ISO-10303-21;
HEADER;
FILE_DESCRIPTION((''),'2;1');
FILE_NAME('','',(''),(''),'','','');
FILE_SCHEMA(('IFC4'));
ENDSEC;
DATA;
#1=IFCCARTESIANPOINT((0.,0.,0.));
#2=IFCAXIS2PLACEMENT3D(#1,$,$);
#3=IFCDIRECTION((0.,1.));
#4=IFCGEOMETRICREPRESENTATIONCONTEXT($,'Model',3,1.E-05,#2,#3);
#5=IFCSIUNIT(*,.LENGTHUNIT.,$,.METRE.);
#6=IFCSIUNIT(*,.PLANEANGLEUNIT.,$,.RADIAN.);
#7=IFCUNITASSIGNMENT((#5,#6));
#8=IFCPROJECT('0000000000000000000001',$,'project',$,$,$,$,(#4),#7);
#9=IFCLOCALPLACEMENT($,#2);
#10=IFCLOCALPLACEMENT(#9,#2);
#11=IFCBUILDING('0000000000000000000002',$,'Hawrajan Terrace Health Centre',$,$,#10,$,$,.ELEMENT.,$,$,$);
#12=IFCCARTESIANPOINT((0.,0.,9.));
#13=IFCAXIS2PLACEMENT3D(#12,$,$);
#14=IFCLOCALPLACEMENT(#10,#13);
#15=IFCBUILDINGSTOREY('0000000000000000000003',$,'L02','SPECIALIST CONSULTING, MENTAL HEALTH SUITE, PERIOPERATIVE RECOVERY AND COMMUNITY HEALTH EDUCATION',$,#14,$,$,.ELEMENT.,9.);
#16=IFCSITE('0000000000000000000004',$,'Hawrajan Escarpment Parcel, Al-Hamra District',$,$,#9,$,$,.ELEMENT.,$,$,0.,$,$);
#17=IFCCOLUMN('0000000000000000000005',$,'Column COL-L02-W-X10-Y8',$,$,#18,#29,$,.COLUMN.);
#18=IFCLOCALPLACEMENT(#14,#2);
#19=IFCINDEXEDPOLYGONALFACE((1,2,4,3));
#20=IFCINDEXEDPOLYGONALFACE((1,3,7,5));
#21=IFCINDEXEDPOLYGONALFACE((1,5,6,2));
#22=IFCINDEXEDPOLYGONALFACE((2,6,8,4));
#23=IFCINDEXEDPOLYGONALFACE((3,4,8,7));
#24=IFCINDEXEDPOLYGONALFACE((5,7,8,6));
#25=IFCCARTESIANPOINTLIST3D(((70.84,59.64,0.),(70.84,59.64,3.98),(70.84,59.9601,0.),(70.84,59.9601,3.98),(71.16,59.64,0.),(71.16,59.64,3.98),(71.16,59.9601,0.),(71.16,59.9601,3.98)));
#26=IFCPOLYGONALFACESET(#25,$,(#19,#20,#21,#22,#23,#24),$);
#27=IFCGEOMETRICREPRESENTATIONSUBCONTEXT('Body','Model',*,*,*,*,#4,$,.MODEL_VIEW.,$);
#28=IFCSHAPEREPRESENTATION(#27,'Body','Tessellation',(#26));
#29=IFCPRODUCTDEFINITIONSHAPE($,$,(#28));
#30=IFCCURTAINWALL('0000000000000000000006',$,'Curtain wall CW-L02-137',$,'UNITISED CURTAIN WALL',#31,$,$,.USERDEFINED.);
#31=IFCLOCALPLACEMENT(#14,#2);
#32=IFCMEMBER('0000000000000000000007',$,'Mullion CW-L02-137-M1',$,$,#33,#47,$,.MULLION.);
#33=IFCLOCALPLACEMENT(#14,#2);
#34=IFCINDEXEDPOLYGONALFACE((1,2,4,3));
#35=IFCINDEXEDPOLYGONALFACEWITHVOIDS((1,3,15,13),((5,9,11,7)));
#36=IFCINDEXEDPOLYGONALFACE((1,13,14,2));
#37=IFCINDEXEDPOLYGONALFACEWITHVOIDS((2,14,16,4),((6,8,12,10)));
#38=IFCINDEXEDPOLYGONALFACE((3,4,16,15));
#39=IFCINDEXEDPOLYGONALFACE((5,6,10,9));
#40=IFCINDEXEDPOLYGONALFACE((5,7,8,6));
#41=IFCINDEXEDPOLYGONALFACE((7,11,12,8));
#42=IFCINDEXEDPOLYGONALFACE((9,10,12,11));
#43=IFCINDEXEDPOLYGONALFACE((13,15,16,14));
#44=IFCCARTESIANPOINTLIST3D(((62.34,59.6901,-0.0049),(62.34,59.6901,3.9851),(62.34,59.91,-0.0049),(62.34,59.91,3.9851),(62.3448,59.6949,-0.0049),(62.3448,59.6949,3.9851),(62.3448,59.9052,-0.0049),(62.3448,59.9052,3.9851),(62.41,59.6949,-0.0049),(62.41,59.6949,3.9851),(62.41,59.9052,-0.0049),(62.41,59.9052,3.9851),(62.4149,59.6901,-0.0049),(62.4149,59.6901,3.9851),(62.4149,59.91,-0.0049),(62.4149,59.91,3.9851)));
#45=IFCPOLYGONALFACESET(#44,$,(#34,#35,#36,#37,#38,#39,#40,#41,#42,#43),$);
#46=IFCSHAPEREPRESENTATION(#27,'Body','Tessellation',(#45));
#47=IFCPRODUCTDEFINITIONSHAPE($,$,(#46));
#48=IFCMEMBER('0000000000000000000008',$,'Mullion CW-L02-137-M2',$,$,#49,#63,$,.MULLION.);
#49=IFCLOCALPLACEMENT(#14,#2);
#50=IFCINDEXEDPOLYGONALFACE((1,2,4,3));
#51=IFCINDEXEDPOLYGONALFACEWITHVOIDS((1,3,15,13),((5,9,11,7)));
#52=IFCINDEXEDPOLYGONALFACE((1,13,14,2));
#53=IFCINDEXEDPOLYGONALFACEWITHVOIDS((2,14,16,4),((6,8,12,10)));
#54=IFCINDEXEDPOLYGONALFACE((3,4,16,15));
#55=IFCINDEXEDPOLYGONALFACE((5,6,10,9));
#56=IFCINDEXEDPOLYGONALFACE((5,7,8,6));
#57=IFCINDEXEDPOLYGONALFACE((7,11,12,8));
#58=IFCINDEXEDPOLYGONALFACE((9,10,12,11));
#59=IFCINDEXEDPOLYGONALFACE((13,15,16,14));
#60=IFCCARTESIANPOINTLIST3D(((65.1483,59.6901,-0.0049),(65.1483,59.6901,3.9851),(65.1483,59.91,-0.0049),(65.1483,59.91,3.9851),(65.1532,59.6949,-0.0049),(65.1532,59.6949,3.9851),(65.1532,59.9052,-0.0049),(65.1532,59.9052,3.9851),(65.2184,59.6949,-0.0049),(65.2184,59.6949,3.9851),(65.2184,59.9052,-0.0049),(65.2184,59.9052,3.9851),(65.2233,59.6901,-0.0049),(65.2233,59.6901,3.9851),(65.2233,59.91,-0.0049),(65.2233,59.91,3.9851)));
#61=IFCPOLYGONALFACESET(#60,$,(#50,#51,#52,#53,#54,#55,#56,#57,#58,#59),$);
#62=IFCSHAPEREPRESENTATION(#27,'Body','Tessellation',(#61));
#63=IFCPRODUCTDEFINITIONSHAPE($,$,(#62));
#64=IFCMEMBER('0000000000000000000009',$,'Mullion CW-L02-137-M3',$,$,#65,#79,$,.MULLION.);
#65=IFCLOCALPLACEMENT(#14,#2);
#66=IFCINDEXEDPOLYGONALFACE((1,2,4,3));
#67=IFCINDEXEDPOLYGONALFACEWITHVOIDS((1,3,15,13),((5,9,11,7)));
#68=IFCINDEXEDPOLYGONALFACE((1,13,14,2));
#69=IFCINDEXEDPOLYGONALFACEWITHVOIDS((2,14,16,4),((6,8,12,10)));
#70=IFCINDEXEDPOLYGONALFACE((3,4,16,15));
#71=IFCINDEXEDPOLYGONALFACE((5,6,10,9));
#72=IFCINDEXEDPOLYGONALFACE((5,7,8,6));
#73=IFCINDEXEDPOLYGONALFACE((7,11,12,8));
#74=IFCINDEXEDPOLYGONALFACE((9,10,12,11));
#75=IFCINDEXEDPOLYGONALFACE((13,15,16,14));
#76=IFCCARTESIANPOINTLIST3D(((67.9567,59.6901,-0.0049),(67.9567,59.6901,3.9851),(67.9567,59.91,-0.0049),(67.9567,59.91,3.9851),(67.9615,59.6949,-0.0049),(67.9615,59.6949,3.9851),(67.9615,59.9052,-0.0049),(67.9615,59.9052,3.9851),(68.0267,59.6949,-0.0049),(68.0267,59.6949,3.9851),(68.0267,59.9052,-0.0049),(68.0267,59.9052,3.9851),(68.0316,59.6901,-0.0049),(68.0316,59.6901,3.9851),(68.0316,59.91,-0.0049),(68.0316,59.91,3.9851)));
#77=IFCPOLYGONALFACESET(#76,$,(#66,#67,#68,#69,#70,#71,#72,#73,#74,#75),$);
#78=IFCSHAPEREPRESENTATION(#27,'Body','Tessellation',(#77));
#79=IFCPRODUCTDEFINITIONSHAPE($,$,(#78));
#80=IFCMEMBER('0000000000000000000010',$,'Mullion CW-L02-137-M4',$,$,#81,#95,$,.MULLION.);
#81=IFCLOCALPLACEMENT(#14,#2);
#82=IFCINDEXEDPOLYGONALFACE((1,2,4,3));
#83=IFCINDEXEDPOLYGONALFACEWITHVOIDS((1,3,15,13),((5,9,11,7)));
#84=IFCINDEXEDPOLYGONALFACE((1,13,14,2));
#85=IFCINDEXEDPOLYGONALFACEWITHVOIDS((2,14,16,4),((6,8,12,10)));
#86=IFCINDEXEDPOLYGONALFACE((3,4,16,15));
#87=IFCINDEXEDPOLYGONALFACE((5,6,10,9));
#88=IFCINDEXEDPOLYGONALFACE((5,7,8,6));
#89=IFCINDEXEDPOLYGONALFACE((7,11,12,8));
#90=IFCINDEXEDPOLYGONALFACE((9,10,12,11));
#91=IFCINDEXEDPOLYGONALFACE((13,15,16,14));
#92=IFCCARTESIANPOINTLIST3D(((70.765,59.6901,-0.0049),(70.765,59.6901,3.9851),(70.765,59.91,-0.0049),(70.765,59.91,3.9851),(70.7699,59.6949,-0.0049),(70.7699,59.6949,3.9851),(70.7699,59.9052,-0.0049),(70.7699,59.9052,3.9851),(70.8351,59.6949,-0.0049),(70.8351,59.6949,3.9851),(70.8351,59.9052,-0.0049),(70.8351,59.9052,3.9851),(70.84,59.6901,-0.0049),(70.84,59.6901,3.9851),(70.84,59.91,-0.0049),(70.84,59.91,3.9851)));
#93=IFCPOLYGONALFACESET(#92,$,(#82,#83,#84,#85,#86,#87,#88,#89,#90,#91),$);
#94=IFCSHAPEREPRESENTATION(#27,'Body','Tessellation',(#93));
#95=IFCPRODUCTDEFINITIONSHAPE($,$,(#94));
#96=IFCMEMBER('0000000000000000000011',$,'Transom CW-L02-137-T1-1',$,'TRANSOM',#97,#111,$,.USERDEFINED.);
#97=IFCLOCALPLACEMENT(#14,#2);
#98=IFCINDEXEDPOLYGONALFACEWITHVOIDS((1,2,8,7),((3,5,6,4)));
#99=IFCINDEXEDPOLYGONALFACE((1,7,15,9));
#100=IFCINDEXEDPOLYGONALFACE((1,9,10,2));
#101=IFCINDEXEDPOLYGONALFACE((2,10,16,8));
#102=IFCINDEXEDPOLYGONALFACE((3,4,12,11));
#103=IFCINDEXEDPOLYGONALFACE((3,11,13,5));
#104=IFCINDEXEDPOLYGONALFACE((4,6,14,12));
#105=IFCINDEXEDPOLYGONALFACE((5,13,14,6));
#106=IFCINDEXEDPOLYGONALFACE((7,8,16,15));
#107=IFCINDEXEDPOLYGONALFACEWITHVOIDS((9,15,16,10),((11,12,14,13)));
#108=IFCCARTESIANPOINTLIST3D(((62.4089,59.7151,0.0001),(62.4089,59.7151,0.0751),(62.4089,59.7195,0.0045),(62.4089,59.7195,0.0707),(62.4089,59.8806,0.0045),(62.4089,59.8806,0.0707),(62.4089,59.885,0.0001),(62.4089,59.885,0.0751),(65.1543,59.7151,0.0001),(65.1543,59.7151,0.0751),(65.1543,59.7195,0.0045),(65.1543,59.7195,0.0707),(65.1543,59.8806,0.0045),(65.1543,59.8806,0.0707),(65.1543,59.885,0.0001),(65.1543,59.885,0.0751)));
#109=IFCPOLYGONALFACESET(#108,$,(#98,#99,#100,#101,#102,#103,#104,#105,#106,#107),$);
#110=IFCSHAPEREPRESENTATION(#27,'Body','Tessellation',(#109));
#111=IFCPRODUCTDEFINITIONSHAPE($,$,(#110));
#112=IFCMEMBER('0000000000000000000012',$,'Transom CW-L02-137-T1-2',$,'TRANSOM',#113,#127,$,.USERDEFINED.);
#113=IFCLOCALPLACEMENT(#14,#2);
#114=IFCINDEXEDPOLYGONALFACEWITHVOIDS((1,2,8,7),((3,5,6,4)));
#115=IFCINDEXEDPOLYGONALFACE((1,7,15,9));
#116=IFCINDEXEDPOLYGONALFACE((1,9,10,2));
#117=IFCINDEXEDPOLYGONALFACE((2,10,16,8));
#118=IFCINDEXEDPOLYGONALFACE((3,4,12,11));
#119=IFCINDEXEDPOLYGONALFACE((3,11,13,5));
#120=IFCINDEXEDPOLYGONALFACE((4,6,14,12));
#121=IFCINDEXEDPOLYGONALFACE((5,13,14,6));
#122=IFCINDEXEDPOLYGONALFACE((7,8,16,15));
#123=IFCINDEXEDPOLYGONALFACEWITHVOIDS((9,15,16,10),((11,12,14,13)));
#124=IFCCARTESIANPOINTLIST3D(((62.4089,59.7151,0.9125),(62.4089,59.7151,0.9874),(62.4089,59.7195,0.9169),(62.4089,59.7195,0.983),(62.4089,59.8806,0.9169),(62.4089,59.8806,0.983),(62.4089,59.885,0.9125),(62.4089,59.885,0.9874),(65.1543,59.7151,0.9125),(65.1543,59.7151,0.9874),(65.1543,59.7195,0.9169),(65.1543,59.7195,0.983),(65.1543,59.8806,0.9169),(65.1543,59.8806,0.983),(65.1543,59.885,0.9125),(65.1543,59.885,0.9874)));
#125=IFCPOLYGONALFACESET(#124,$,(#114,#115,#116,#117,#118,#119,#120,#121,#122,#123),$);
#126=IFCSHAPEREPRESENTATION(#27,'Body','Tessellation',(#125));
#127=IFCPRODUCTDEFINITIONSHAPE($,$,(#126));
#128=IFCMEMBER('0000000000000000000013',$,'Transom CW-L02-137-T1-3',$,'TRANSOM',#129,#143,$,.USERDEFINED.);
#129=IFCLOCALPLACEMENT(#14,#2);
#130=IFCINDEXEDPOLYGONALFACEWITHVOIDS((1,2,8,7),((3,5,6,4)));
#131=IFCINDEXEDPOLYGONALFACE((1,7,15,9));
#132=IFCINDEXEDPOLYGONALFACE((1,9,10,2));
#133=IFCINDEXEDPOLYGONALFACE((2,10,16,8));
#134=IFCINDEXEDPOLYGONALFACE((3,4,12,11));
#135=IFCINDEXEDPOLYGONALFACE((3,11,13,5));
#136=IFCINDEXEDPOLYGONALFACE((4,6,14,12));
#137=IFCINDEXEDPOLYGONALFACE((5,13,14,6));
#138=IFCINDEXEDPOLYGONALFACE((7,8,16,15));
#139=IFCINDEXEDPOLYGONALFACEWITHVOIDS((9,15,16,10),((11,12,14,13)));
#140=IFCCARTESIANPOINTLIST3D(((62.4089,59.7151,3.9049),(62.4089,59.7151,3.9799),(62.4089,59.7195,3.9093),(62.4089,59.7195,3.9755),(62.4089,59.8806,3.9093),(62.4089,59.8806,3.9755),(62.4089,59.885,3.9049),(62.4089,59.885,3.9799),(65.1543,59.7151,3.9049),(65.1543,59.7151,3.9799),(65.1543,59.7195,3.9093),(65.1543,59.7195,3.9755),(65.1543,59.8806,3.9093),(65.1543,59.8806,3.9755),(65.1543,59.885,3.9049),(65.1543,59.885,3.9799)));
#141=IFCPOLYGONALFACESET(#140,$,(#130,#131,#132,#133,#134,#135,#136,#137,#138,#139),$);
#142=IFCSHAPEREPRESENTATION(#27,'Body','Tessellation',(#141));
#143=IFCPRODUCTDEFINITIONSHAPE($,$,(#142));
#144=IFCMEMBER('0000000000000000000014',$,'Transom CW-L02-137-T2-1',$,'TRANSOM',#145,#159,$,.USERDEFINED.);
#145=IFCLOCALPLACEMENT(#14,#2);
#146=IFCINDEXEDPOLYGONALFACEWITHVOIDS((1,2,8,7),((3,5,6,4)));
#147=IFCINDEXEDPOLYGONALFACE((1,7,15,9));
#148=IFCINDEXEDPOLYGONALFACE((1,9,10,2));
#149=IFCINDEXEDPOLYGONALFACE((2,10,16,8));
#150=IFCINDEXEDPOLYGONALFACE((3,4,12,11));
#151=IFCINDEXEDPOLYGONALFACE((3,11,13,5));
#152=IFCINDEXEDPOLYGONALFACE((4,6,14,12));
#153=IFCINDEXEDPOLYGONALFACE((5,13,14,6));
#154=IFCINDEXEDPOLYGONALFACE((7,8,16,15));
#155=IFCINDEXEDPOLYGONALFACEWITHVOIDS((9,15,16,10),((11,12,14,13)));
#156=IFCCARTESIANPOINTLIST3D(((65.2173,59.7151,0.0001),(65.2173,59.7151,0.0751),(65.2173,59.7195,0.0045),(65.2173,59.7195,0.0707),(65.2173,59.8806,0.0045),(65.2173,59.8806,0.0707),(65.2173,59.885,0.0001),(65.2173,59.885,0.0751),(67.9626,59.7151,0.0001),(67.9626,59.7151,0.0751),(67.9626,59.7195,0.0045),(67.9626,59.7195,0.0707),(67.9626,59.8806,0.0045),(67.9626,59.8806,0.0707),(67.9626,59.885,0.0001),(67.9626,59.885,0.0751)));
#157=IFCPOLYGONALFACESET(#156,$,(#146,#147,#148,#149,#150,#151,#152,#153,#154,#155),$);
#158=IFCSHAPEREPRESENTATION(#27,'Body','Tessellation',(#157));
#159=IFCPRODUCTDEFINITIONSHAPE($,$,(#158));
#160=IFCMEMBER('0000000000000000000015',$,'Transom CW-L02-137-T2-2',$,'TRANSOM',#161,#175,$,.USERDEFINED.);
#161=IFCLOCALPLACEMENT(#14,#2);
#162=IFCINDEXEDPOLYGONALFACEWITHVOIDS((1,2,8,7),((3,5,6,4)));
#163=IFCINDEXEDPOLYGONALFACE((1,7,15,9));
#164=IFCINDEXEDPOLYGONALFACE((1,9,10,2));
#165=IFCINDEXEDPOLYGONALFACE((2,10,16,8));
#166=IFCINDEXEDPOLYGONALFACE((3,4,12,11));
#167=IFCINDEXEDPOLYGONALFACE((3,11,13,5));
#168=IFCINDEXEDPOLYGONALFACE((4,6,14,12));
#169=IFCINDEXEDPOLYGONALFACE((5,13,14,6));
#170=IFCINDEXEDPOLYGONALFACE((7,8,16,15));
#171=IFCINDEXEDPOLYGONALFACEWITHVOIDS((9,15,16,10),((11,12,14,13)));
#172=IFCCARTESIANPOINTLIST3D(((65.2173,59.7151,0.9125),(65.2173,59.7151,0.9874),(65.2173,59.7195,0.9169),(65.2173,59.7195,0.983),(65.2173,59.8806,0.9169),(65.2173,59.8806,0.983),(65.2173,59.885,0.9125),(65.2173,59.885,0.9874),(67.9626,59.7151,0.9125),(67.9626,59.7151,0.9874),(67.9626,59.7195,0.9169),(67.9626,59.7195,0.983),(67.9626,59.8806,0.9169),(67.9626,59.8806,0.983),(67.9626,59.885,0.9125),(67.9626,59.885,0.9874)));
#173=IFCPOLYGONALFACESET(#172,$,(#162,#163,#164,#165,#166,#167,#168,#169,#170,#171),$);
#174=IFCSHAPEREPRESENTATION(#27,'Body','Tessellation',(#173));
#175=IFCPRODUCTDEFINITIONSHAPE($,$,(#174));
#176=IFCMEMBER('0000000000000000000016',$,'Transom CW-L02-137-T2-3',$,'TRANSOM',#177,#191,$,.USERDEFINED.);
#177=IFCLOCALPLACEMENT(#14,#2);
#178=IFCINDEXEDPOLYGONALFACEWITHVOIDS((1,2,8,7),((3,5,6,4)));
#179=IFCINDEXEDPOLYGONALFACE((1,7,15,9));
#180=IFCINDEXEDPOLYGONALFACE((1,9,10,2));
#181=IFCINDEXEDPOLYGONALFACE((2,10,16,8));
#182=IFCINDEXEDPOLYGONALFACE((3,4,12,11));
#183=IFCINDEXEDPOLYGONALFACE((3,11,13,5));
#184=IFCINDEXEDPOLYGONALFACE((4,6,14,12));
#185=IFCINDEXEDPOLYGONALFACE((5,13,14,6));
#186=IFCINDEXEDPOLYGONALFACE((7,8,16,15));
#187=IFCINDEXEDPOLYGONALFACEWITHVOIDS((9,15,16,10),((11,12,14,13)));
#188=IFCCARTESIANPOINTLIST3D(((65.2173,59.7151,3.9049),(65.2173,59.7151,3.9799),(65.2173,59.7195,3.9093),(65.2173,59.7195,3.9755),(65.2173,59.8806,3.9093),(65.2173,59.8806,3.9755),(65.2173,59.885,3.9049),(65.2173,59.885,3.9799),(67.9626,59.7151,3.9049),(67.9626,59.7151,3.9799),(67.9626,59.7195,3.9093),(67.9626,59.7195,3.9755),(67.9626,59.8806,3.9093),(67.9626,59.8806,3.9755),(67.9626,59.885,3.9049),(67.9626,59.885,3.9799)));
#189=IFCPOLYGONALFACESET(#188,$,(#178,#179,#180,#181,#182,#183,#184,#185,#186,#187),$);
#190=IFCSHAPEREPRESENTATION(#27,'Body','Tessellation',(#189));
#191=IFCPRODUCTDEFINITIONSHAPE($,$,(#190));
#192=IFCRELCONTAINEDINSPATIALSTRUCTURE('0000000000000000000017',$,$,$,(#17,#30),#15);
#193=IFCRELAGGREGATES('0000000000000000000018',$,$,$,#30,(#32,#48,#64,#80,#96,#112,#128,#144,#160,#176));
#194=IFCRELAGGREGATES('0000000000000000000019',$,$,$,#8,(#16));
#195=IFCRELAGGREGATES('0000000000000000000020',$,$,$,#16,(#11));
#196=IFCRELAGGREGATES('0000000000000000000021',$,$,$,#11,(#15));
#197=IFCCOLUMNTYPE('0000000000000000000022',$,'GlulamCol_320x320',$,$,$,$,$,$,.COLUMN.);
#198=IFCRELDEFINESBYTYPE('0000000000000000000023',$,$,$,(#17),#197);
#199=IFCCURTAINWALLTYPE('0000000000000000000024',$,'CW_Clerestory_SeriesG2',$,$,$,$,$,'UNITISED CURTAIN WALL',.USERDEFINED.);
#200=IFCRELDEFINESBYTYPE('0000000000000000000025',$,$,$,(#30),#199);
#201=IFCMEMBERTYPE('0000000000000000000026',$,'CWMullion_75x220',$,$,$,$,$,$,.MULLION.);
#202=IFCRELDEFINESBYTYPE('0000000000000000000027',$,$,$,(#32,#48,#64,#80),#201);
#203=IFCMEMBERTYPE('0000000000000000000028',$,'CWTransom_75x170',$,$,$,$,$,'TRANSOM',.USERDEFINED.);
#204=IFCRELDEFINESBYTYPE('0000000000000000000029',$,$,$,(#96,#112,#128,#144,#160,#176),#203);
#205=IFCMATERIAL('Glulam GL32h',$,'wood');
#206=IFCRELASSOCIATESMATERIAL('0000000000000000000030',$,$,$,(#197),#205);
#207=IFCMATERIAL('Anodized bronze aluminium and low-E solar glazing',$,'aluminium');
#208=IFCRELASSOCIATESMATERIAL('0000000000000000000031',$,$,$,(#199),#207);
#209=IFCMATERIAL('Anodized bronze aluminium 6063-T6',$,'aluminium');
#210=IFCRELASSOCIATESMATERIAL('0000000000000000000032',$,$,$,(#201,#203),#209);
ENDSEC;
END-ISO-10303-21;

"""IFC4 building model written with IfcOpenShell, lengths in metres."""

from ifc_helpers import new_model, si_unit, direction, frame, origin, origin_2d, place, context, subcontext, project, spatial, rectangle, hollow_rectangle, extrude, material, material_profile, profile_set, type_object, element, aggregate, save


model = new_model("IFC4")

# Units and contexts
model_context = context("Model", 3, precision=1e-05, world=origin(), true_north=direction((0.0, 1.0)))
body_context = subcontext(model_context, "Body", "Model", "MODEL_VIEW")
ifc_project = project(units=[si_unit("LENGTHUNIT", "METRE"), si_unit("PLANEANGLEUNIT", "RADIAN")], contexts=[model_context])

# Site, building, storey
site_placement = place(None, origin())
site = spatial("IfcSite", under=ifc_project, at=site_placement, Name="Hawrajan Escarpment Parcel, Al-Hamra District", CompositionType="ELEMENT", RefElevation=0.0)
building_placement = place(site_placement, origin())
building = spatial("IfcBuilding", under=site, at=building_placement, Name="Hawrajan Terrace Health Centre", CompositionType="ELEMENT")
storey_placement = place(building_placement, frame((0.0, 0.0, 9.0)))
storey = spatial("IfcBuildingStorey", under=building, at=storey_placement, Name="L02", Description="SPECIALIST CONSULTING, MENTAL HEALTH SUITE, PERIOPERATIVE RECOVERY AND COMMUNITY HEALTH EDUCATION", CompositionType="ELEMENT", Elevation=9.0)

# Column
ifc_material_1 = material(Name="Glulam GL32h", Category="wood")
ifc_material_profile_1 = material_profile(ifc_material_1, rectangle(XDim=0.3201, YDim=0.3201, at=origin_2d()), Name="GL 320x320")
ifc_profile_set_1 = profile_set([ifc_material_profile_1], Name="Glulam GL32h")
column_type = type_object("IfcColumnType", Name="GlulamCol_320x320", PredefinedType="COLUMN", material=ifc_profile_set_1)
column_placement = place(storey_placement, frame((71.0, 59.8, 0.0), z_axis=(0.0, 0.0, 1.0), x_axis=(1.0, 0.0, 0.0)))
element("IfcColumn", 1, at=column_placement, inside=storey, type_object=column_type, Name="Column COL-L02-W-X10-Y8", PredefinedType="COLUMN", context=body_context, shape_type="SweptSolid", body=[
    extrude(rectangle(XDim=0.3201, YDim=0.3201, at=origin_2d()), origin(), (0.0, 0.0, 1.0), 3.98),
])

# Curtain wall, members
ifc_material_2 = material(Name="Anodized bronze aluminium and low-E solar glazing", Category="aluminium")
curtain_wall_type = type_object("IfcCurtainWallType", Name="CW_Clerestory_SeriesG2", ElementType="UNITISED CURTAIN WALL", PredefinedType="USERDEFINED", material=ifc_material_2)
curtain_wall_placement = place(storey_placement, origin())
curtain_wall = element("IfcCurtainWall", 2, at=curtain_wall_placement, inside=storey, type_object=curtain_wall_type, Name="Curtain wall CW-L02-137", ObjectType="UNITISED CURTAIN WALL", PredefinedType="USERDEFINED")
ifc_material_3 = material(Name="Anodized bronze aluminium 6063-T6", Category="aluminium")
ifc_material_profile_2 = material_profile(ifc_material_3, hollow_rectangle(XDim=0.075, YDim=0.22, WallThickness=0.0049, at=origin_2d()), Name="CW MUL 75x220")
ifc_profile_set_2 = profile_set([ifc_material_profile_2], Name="Anodized bronze aluminium 6063-T6")
member_type_1 = type_object("IfcMemberType", Name="CWMullion_75x220", PredefinedType="MULLION", material=ifc_profile_set_2)
member_1_placement = place(storey_placement, frame((62.3774, 59.8, -0.0049), z_axis=(0.0, 0.0, 1.0), x_axis=(1.0, 0.0, 0.0)))
member_1 = element("IfcMember", 3, at=member_1_placement, type_object=member_type_1, Name="Mullion CW-L02-137-M1", PredefinedType="MULLION", context=body_context, shape_type="SweptSolid", body=[
    extrude(hollow_rectangle(XDim=0.075, YDim=0.22, WallThickness=0.0049, at=origin_2d()), origin(), (0.0, 0.0, 1.0), 3.99),
])
member_2_placement = place(storey_placement, frame((65.1858, 59.8, -0.0049), z_axis=(0.0, 0.0, 1.0), x_axis=(1.0, 0.0, 0.0)))
member_2 = element("IfcMember", 4, at=member_2_placement, type_object=member_type_1, Name="Mullion CW-L02-137-M2", PredefinedType="MULLION", context=body_context, shape_type="SweptSolid", body=[
    extrude(hollow_rectangle(XDim=0.075, YDim=0.22, WallThickness=0.0049, at=origin_2d()), origin(), (0.0, 0.0, 1.0), 3.99),
])
member_3_placement = place(storey_placement, frame((67.9941, 59.8, -0.0049), z_axis=(0.0, 0.0, 1.0), x_axis=(1.0, 0.0, 0.0)))
member_3 = element("IfcMember", 5, at=member_3_placement, type_object=member_type_1, Name="Mullion CW-L02-137-M3", PredefinedType="MULLION", context=body_context, shape_type="SweptSolid", body=[
    extrude(hollow_rectangle(XDim=0.075, YDim=0.22, WallThickness=0.0049, at=origin_2d()), origin(), (0.0, 0.0, 1.0), 3.99),
])
member_4_placement = place(storey_placement, frame((70.8025, 59.8, -0.0049), z_axis=(0.0, 0.0, 1.0), x_axis=(1.0, 0.0, 0.0)))
member_4 = element("IfcMember", 6, at=member_4_placement, type_object=member_type_1, Name="Mullion CW-L02-137-M4", PredefinedType="MULLION", context=body_context, shape_type="SweptSolid", body=[
    extrude(hollow_rectangle(XDim=0.075, YDim=0.22, WallThickness=0.0049, at=origin_2d()), origin(), (0.0, 0.0, 1.0), 3.99),
])
ifc_material_profile_3 = material_profile(ifc_material_3, hollow_rectangle(XDim=0.075, YDim=0.1699, WallThickness=0.0044, at=origin_2d()), Name="CW TRN 75x170")
ifc_profile_set_3 = profile_set([ifc_material_profile_3], Name="Anodized bronze aluminium 6063-T6")
member_type_2 = type_object("IfcMemberType", Name="CWTransom_75x170", ElementType="TRANSOM", PredefinedType="USERDEFINED", material=ifc_profile_set_3)
member_5_placement = place(storey_placement, frame((62.4089, 59.8, 0.0376), z_axis=(1.0, 0.0, 0.0), x_axis=(0.0, 0.0, 1.0)))
member_5 = element("IfcMember", 7, at=member_5_placement, type_object=member_type_2, Name="Transom CW-L02-137-T1-1", ObjectType="TRANSOM", PredefinedType="USERDEFINED", context=body_context, shape_type="SweptSolid", body=[
    extrude(hollow_rectangle(XDim=0.075, YDim=0.1699, WallThickness=0.0044, at=origin_2d()), origin(), (0.0, 0.0, 1.0), 2.7454),
])
member_6_placement = place(storey_placement, frame((62.4089, 59.8, 0.95), z_axis=(1.0, 0.0, 0.0), x_axis=(0.0, 0.0, 1.0)))
member_6 = element("IfcMember", 8, at=member_6_placement, type_object=member_type_2, Name="Transom CW-L02-137-T1-2", ObjectType="TRANSOM", PredefinedType="USERDEFINED", context=body_context, shape_type="SweptSolid", body=[
    extrude(hollow_rectangle(XDim=0.075, YDim=0.1699, WallThickness=0.0044, at=origin_2d()), origin(), (0.0, 0.0, 1.0), 2.7454),
])
member_7_placement = place(storey_placement, frame((62.4089, 59.8, 3.9424), z_axis=(1.0, 0.0, 0.0), x_axis=(0.0, 0.0, 1.0)))
member_7 = element("IfcMember", 9, at=member_7_placement, type_object=member_type_2, Name="Transom CW-L02-137-T1-3", ObjectType="TRANSOM", PredefinedType="USERDEFINED", context=body_context, shape_type="SweptSolid", body=[
    extrude(hollow_rectangle(XDim=0.075, YDim=0.1699, WallThickness=0.0044, at=origin_2d()), origin(), (0.0, 0.0, 1.0), 2.7454),
])
member_8_placement = place(storey_placement, frame((65.2173, 59.8, 0.0376), z_axis=(1.0, 0.0, 0.0), x_axis=(0.0, 0.0, 1.0)))
member_8 = element("IfcMember", 10, at=member_8_placement, type_object=member_type_2, Name="Transom CW-L02-137-T2-1", ObjectType="TRANSOM", PredefinedType="USERDEFINED", context=body_context, shape_type="SweptSolid", body=[
    extrude(hollow_rectangle(XDim=0.075, YDim=0.1699, WallThickness=0.0044, at=origin_2d()), origin(), (0.0, 0.0, 1.0), 2.7454),
])
member_9_placement = place(storey_placement, frame((65.2173, 59.8, 0.95), z_axis=(1.0, 0.0, 0.0), x_axis=(0.0, 0.0, 1.0)))
member_9 = element("IfcMember", 11, at=member_9_placement, type_object=member_type_2, Name="Transom CW-L02-137-T2-2", ObjectType="TRANSOM", PredefinedType="USERDEFINED", context=body_context, shape_type="SweptSolid", body=[
    extrude(hollow_rectangle(XDim=0.075, YDim=0.1699, WallThickness=0.0044, at=origin_2d()), origin(), (0.0, 0.0, 1.0), 2.7454),
])
member_10_placement = place(storey_placement, frame((65.2173, 59.8, 3.9424), z_axis=(1.0, 0.0, 0.0), x_axis=(0.0, 0.0, 1.0)))
member_10 = element("IfcMember", 12, at=member_10_placement, type_object=member_type_2, Name="Transom CW-L02-137-T2-3", ObjectType="TRANSOM", PredefinedType="USERDEFINED", context=body_context, shape_type="SweptSolid", body=[
    extrude(hollow_rectangle(XDim=0.075, YDim=0.1699, WallThickness=0.0044, at=origin_2d()), origin(), (0.0, 0.0, 1.0), 2.7454),
])
aggregate(curtain_wall, [member_1, member_2, member_3, member_4, member_5, member_6, member_7, member_8, member_9, member_10])

save(model, "model.ifc")
